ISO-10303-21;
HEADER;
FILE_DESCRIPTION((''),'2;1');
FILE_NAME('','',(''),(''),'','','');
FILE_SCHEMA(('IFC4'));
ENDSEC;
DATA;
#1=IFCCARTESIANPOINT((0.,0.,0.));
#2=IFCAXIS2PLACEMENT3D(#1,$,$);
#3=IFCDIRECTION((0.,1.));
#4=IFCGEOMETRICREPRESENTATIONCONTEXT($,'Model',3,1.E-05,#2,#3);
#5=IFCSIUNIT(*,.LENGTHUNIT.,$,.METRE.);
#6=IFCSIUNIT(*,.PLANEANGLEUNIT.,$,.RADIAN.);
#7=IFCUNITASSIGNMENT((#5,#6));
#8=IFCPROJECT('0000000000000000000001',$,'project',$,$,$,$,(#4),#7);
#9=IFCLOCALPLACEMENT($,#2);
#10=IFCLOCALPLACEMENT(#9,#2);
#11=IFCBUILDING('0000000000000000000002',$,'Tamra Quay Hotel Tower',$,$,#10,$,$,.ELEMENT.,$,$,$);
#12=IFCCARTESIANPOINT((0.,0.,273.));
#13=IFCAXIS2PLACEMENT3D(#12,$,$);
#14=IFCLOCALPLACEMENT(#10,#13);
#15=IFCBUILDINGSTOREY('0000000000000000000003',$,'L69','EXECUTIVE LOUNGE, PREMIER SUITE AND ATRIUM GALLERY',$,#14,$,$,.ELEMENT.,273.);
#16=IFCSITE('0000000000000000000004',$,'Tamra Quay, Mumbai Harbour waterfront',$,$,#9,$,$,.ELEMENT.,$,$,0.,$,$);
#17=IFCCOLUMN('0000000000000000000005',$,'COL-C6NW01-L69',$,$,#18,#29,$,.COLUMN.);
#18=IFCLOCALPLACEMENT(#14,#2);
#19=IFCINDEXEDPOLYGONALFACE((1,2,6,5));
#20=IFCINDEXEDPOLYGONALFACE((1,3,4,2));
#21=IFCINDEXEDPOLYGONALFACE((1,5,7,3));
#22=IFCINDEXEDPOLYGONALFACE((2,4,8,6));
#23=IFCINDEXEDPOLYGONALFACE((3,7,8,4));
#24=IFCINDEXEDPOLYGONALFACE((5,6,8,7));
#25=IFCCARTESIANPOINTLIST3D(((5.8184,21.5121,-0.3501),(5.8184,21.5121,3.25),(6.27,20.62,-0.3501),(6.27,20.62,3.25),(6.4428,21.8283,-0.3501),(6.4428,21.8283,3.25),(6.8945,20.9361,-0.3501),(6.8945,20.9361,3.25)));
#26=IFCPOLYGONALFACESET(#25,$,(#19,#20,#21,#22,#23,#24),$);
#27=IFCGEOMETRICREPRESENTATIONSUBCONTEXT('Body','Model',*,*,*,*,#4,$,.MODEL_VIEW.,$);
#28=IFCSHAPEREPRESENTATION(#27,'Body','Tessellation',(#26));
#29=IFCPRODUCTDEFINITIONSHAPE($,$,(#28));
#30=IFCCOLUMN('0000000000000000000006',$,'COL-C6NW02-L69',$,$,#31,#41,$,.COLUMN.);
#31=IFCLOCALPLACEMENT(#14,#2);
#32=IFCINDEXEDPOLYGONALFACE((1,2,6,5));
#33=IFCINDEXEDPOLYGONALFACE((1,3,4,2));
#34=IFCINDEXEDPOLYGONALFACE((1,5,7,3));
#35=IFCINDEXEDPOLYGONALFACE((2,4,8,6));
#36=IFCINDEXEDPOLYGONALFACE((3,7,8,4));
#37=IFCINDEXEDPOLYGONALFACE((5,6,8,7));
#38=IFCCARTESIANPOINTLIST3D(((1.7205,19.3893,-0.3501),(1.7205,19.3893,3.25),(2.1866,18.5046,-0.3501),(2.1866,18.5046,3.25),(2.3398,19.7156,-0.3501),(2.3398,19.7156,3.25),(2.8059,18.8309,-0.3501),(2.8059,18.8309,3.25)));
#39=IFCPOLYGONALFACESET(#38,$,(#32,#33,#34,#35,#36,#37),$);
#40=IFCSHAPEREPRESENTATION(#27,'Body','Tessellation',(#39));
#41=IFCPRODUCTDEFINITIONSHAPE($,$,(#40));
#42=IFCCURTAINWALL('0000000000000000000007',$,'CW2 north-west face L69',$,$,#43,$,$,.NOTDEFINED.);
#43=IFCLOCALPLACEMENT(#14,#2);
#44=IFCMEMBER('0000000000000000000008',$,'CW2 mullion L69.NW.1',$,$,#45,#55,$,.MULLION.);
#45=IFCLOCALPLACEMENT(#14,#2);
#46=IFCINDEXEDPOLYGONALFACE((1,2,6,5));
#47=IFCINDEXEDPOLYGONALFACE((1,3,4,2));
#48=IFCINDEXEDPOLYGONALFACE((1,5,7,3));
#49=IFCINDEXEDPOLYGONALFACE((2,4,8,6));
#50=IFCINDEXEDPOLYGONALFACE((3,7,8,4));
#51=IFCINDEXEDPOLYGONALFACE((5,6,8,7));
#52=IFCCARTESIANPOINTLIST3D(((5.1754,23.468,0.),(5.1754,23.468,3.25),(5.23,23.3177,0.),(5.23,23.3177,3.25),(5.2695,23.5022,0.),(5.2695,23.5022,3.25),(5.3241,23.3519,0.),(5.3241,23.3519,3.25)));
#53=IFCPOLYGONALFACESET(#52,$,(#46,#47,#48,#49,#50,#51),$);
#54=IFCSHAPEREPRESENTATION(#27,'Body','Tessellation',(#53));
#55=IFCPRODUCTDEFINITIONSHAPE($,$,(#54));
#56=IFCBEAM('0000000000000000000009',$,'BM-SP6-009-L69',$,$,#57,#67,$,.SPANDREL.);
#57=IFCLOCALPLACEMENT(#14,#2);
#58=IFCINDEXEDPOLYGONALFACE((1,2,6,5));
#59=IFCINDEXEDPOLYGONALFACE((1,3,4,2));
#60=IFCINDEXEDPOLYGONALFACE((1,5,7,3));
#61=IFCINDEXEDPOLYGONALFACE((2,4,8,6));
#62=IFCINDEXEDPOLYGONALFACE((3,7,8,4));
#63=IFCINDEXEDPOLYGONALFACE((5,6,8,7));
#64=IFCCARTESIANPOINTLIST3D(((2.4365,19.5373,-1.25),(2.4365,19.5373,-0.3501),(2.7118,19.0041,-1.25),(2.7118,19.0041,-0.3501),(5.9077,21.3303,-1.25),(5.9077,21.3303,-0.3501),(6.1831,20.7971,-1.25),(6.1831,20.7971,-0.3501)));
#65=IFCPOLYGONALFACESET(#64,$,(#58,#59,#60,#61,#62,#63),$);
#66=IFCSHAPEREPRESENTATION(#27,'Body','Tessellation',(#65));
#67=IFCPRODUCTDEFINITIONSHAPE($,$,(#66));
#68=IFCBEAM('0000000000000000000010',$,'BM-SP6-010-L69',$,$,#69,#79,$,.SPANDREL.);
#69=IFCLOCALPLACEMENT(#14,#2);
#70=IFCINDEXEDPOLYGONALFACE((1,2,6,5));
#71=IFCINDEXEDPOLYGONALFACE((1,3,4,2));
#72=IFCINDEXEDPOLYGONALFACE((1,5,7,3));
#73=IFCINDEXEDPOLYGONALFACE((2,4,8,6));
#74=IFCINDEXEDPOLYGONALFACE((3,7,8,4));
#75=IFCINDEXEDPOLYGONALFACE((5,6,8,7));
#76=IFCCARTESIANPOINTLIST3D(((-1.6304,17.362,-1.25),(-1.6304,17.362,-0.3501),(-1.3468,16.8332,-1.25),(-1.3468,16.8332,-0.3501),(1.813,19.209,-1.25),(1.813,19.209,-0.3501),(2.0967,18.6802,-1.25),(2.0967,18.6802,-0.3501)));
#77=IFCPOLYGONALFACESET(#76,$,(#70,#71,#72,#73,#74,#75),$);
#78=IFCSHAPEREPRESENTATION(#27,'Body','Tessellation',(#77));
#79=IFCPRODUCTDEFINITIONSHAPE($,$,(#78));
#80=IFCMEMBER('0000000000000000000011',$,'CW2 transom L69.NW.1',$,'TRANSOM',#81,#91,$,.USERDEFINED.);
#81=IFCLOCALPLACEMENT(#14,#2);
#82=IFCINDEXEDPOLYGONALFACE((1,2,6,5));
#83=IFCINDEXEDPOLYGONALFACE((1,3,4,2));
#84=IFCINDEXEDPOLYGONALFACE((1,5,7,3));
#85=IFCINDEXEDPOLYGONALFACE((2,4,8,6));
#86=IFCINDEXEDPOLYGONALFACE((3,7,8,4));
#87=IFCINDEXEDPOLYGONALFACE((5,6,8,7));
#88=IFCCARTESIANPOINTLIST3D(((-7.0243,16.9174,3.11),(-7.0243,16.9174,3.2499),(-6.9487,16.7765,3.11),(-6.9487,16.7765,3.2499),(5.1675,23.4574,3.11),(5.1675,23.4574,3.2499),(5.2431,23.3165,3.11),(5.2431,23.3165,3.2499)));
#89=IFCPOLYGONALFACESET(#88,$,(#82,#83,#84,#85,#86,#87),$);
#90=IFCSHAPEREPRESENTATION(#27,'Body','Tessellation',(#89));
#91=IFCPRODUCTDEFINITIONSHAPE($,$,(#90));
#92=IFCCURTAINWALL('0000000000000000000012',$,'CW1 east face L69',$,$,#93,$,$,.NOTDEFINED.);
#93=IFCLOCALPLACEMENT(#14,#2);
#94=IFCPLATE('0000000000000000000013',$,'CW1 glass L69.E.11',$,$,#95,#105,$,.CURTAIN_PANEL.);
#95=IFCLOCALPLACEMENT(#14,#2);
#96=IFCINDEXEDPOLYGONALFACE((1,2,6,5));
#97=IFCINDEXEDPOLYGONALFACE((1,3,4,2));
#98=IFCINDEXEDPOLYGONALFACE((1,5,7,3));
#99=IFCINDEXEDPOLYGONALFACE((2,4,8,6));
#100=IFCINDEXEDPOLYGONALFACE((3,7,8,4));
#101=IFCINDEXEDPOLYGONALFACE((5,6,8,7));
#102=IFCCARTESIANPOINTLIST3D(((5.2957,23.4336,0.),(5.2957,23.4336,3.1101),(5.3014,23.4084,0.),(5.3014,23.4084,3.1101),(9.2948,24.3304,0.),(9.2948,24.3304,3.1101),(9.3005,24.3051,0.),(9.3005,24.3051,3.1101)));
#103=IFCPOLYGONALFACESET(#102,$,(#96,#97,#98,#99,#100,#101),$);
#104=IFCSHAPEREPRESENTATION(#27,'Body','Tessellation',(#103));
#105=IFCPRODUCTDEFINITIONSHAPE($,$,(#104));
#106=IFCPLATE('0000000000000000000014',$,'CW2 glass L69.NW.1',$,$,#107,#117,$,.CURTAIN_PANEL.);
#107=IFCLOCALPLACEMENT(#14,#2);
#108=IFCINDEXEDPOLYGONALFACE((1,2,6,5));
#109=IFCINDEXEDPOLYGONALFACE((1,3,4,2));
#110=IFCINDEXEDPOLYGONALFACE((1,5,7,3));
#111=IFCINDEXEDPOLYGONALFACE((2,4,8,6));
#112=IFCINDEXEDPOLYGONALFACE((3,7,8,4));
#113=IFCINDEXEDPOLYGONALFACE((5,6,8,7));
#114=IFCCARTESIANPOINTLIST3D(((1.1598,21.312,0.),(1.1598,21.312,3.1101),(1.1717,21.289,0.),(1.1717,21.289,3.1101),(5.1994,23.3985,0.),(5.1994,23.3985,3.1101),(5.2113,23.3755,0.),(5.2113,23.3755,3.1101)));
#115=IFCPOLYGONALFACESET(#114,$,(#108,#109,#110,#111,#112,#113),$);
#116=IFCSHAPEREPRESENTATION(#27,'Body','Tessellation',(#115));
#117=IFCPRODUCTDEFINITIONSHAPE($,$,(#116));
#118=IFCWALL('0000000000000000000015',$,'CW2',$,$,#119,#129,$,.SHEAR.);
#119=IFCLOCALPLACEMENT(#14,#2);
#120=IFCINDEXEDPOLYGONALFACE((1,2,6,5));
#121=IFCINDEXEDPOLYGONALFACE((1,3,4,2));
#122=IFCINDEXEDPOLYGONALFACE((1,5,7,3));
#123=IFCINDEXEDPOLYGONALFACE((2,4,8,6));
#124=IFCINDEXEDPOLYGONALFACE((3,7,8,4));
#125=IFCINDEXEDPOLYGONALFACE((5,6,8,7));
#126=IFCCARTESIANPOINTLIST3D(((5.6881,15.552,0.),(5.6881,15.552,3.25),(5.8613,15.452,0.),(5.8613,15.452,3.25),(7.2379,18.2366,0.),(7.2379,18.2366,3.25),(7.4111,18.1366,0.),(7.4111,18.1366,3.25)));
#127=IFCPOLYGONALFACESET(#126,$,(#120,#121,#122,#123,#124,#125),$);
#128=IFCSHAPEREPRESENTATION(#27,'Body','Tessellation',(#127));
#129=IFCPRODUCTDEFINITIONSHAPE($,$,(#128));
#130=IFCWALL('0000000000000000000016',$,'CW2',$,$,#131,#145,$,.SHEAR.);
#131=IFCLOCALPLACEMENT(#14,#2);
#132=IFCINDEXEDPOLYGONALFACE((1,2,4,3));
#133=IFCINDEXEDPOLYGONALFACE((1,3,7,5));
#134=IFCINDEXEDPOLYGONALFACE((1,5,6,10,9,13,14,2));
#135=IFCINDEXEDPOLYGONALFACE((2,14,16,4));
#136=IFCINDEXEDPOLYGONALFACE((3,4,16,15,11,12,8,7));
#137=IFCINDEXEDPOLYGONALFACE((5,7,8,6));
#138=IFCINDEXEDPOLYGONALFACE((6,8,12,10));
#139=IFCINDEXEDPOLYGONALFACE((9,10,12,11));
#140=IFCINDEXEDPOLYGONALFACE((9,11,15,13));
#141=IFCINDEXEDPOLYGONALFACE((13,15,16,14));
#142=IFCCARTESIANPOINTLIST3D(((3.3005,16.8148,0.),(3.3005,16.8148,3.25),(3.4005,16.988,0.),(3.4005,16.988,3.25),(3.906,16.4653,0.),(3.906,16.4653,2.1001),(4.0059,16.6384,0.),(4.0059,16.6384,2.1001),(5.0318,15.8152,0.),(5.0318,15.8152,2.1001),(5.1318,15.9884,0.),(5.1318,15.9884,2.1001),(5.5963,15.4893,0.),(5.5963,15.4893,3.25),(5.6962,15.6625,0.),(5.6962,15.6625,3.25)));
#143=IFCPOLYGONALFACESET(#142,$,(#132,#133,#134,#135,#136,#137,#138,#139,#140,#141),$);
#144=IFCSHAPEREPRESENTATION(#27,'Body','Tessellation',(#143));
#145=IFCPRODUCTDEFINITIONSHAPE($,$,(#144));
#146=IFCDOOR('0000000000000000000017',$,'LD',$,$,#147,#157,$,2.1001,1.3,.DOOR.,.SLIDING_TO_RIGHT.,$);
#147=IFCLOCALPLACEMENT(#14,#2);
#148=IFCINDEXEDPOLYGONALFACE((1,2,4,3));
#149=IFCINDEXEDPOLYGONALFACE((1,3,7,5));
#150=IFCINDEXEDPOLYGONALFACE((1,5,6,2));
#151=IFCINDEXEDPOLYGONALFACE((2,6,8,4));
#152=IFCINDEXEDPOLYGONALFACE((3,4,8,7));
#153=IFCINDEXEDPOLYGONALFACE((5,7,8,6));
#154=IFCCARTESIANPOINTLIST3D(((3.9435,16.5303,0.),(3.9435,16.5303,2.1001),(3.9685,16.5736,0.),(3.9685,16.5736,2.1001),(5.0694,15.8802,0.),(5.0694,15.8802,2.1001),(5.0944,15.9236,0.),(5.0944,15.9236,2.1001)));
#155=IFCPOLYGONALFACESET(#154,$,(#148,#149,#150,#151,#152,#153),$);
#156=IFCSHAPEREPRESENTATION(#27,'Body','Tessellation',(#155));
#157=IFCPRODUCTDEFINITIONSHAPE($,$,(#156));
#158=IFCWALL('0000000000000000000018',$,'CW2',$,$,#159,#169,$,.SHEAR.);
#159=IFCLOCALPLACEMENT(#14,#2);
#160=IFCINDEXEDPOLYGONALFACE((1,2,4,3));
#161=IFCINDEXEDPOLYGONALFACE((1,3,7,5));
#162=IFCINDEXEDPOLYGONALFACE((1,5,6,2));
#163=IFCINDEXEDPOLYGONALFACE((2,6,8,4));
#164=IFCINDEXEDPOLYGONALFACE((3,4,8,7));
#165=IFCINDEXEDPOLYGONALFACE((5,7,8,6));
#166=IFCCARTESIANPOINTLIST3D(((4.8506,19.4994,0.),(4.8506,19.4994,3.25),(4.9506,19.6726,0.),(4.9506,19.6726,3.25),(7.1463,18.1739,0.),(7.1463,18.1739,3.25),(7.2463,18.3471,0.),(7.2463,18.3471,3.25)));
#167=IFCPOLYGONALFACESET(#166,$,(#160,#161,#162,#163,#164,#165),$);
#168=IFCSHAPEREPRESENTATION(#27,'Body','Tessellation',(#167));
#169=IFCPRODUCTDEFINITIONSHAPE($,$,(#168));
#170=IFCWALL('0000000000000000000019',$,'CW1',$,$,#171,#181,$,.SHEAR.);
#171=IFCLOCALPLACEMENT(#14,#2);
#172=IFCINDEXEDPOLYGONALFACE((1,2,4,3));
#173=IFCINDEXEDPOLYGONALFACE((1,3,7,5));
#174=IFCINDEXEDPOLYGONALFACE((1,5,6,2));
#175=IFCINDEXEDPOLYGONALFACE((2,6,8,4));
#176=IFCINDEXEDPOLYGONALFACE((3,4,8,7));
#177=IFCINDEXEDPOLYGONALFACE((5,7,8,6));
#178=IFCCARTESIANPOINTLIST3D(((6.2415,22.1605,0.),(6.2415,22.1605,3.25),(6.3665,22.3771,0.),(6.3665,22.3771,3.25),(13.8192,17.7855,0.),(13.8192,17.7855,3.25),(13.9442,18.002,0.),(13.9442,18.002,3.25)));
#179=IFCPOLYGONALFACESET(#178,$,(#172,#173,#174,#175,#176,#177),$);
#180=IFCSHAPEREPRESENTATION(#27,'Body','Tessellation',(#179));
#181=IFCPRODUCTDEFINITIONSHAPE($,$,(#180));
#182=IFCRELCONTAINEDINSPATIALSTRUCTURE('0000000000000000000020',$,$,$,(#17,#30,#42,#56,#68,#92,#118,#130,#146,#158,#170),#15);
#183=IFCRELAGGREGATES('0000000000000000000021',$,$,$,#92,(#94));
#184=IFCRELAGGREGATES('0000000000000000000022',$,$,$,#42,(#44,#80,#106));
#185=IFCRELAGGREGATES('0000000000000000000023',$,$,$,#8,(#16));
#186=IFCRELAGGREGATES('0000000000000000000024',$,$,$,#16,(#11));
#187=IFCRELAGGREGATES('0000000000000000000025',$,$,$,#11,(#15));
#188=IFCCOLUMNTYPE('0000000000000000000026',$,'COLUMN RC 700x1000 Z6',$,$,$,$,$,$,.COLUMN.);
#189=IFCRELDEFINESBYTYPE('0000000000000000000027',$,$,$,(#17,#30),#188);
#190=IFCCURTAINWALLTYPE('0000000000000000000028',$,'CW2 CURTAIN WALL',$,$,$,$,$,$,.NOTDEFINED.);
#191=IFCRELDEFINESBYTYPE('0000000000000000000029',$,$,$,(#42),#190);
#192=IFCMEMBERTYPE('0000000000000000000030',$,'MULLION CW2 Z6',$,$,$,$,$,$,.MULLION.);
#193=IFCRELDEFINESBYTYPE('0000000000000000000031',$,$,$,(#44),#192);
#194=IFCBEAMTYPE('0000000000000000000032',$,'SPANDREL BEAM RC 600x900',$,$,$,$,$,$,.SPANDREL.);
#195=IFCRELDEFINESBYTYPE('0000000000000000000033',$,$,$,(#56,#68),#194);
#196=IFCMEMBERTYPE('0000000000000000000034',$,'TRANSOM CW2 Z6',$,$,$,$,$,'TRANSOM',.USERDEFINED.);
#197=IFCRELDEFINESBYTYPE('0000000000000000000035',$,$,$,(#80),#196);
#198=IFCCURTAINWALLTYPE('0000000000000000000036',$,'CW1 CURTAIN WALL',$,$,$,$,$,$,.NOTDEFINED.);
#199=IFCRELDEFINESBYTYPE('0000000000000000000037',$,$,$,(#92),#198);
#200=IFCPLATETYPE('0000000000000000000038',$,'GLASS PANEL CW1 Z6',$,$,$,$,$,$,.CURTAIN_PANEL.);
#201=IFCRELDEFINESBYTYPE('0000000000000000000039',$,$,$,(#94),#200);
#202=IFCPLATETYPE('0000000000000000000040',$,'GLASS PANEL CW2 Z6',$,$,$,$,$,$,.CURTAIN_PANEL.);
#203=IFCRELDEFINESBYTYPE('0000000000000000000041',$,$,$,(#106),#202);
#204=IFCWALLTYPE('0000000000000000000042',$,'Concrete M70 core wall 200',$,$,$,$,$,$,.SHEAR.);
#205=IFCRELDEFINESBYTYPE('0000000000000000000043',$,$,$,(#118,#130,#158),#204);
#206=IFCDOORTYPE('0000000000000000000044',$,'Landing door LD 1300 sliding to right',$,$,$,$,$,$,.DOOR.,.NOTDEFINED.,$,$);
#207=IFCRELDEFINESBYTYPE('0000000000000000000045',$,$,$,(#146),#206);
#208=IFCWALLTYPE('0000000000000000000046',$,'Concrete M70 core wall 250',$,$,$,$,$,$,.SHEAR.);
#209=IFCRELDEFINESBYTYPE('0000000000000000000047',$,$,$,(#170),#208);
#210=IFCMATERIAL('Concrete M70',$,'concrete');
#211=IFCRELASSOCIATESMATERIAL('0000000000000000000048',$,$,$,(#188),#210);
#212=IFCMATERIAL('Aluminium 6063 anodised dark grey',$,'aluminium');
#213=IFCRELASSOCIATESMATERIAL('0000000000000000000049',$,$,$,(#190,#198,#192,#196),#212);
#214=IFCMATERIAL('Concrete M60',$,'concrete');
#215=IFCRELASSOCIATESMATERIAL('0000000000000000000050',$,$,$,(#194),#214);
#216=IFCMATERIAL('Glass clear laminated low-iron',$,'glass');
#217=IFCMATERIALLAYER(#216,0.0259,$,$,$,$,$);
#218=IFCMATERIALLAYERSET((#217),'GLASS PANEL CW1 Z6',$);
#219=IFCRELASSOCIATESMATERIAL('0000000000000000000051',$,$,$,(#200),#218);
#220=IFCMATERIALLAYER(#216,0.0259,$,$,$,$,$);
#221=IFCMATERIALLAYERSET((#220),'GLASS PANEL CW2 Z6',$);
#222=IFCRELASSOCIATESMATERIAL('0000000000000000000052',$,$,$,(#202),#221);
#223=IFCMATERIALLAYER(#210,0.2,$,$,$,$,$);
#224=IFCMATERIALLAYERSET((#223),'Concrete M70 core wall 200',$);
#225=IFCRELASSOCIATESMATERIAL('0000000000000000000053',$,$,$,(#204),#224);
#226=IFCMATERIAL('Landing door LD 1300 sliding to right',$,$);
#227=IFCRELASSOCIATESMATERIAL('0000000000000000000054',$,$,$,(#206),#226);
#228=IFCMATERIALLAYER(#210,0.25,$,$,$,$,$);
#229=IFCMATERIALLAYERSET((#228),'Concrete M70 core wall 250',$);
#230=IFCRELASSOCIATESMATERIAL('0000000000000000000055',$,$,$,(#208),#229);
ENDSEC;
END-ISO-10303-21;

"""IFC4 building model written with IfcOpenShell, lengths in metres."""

from ifc_helpers import new_model, si_unit, direction, frame, frame_2d, origin, origin_2d, place, context, subcontext, project, spatial, rectangle, extrude, material, layer, layer_set, material_profile, profile_set, type_object, element, fill, aggregate, save


model = new_model("IFC4")

# Units and contexts
model_context = context("Model", 3, precision=1e-05, world=origin(), true_north=direction((0.0, 1.0)))
body_context = subcontext(model_context, "Body", "Model", "MODEL_VIEW")
ifc_project = project(units=[si_unit("LENGTHUNIT", "METRE"), si_unit("PLANEANGLEUNIT", "RADIAN")], contexts=[model_context])

# Site, building, storey
site_placement = place(None, origin())
site = spatial("IfcSite", under=ifc_project, at=site_placement, Name="Tamra Quay, Mumbai Harbour waterfront", CompositionType="ELEMENT", RefElevation=0.0)
building_placement = place(site_placement, origin())
building = spatial("IfcBuilding", under=site, at=building_placement, Name="Tamra Quay Hotel Tower", CompositionType="ELEMENT")
storey_placement = place(building_placement, frame((0.0, 0.0, 273.0)))
storey = spatial("IfcBuildingStorey", under=building, at=storey_placement, Name="L69", Description="EXECUTIVE LOUNGE, PREMIER SUITE AND ATRIUM GALLERY", CompositionType="ELEMENT", Elevation=273.0)

# Columns
ifc_material_1 = material(Name="Concrete M70", Category="concrete")
ifc_material_profile_1 = material_profile(ifc_material_1, rectangle(XDim=1.0, YDim=0.7, at=origin_2d()), Name="COLUMN RC 700x1000 Z6")
ifc_profile_set_1 = profile_set([ifc_material_profile_1], Name="Concrete M70")
column_type = type_object("IfcColumnType", Name="COLUMN RC 700x1000 Z6", PredefinedType="COLUMN", material=ifc_profile_set_1)
for number, where, z_axis, x_axis, name in (
    (1, (6.3564, 21.2241, -0.3501), (0.0, 0.0, 1.0), (-0.451686, 0.892177, 0.0), "COL-C6NW01-L69"),
    (2, (2.2632, 19.1101, -0.3501), (0.0, 0.0, 1.0), (-0.466118, 0.884723, 0.0), "COL-C6NW02-L69"),
):
    element("IfcColumn", number, at=place(storey_placement, frame(where, z_axis=z_axis, x_axis=x_axis)), inside=storey, type_object=column_type, Name=name, PredefinedType="COLUMN", context=body_context, shape_type="SweptSolid", body=[
        extrude(rectangle(XDim=1.0, YDim=0.7, at=origin_2d()), origin(), (0.0, 0.0, 1.0), 3.6001),
    ])

# Curtain wall, member
ifc_material_2 = material(Name="Aluminium 6063 anodised dark grey", Category="aluminium")
curtain_wall_type_1 = type_object("IfcCurtainWallType", Name="CW2 CURTAIN WALL", PredefinedType="NOTDEFINED", material=ifc_material_2)
curtain_wall_1_placement = place(storey_placement, origin())
curtain_wall_1 = element("IfcCurtainWall", 3, at=curtain_wall_1_placement, inside=storey, type_object=curtain_wall_type_1, Name="CW2 north-west face L69", PredefinedType="NOTDEFINED")
ifc_material_profile_2 = material_profile(ifc_material_2, rectangle(XDim=0.1599, YDim=0.1001, at=origin_2d()), Name="MULLION 100X160")
ifc_profile_set_2 = profile_set([ifc_material_profile_2], Name="Aluminium 6063 anodised dark grey")
member_type_1 = type_object("IfcMemberType", Name="MULLION CW2 Z6", PredefinedType="MULLION", material=ifc_profile_set_2)
member_1_placement = place(storey_placement, frame((5.2498, 23.4099, 0.0), z_axis=(0.0, 0.0, 1.0), x_axis=(-0.341653, 0.939826, 0.0)))
member_1 = element("IfcMember", 4, at=member_1_placement, type_object=member_type_1, Name="CW2 mullion L69.NW.1", PredefinedType="MULLION", context=body_context, shape_type="SweptSolid", body=[
    extrude(rectangle(XDim=0.1599, YDim=0.1001, at=origin_2d()), origin(), (0.0, 0.0, 1.0), 3.25),
])

# Beams
ifc_material_3 = material(Name="Concrete M60", Category="concrete")
ifc_material_profile_3 = material_profile(ifc_material_3, rectangle(XDim=0.6001, YDim=0.8999, at=origin_2d()), Name="SPANDREL BEAM RC 600x900")
ifc_profile_set_3 = profile_set([ifc_material_profile_3], Name="Concrete M60")
beam_type = type_object("IfcBeamType", Name="SPANDREL BEAM RC 600x900", PredefinedType="SPANDREL", material=ifc_profile_set_3)
beam_1_placement = place(storey_placement, frame((6.0454, 21.0637, -0.8), z_axis=(-0.888476, -0.458923, 0.0), x_axis=(0.458923, -0.888476, 0.0)))
element("IfcBeam", 5, at=beam_1_placement, inside=storey, type_object=beam_type, Name="BM-SP6-009-L69", PredefinedType="SPANDREL", context=body_context, shape_type="SweptSolid", body=[
    extrude(rectangle(XDim=0.6001, YDim=0.8999, at=origin_2d()), origin(), (0.0, 0.0, 1.0), 3.907),
])
beam_2_placement = place(storey_placement, frame((1.9548, 18.9446, -0.8), z_axis=(-0.881238, -0.472672, 0.0), x_axis=(0.472672, -0.881238, 0.0)))
element("IfcBeam", 6, at=beam_2_placement, inside=storey, type_object=beam_type, Name="BM-SP6-010-L69", PredefinedType="SPANDREL", context=body_context, shape_type="SweptSolid", body=[
    extrude(rectangle(XDim=0.6001, YDim=0.8999, at=origin_2d()), origin(), (0.0, 0.0, 1.0), 3.9075),
])

# Member
ifc_material_profile_4 = material_profile(ifc_material_2, rectangle(XDim=0.1599, YDim=0.1399, at=origin_2d()), Name="TRANSOM 160X140")
ifc_profile_set_4 = profile_set([ifc_material_profile_4], Name="Aluminium 6063 anodised dark grey")
member_type_2 = type_object("IfcMemberType", Name="TRANSOM CW2 Z6", ElementType="TRANSOM", PredefinedType="USERDEFINED", material=ifc_profile_set_4)
member_2_placement = place(storey_placement, frame((5.2053, 23.387, 3.1799), z_axis=(-0.881219, -0.472708, 0.0), x_axis=(0.472708, -0.881219, 0.0)))
member_2 = element("IfcMember", 7, at=member_2_placement, type_object=member_type_2, Name="CW2 transom L69.NW.1", ObjectType="TRANSOM", PredefinedType="USERDEFINED", context=body_context, shape_type="SweptSolid", body=[
    extrude(rectangle(XDim=0.1599, YDim=0.1399, at=origin_2d()), origin(), (0.0, 0.0, 1.0), 13.8352),
])

# Curtain wall, plate
curtain_wall_type_2 = type_object("IfcCurtainWallType", Name="CW1 CURTAIN WALL", PredefinedType="NOTDEFINED", material=ifc_material_2)
curtain_wall_2_placement = place(storey_placement, origin())
curtain_wall_2 = element("IfcCurtainWall", 8, at=curtain_wall_2_placement, inside=storey, type_object=curtain_wall_type_2, Name="CW1 east face L69", PredefinedType="NOTDEFINED")
ifc_material_4 = material(Name="Glass clear laminated low-iron", Category="glass")
ifc_layer_1 = layer(ifc_material_4, 0.0259)
ifc_layer_set_1 = layer_set([ifc_layer_1], Name="GLASS PANEL CW1 Z6")
plate_type_1 = type_object("IfcPlateType", Name="GLASS PANEL CW1 Z6", PredefinedType="CURTAIN_PANEL", material=ifc_layer_set_1)
plate_1_placement = place(storey_placement, frame((7.2981, 23.8694, 0.0), z_axis=(0.0, 0.0, 1.0), x_axis=(-0.975768, -0.218806, 0.0)))
plate_1 = element("IfcPlate", 9, at=plate_1_placement, type_object=plate_type_1, Name="CW1 glass L69.E.11", PredefinedType="CURTAIN_PANEL", context=body_context, shape_type="SweptSolid", body=[
    extrude(rectangle(XDim=4.0984, YDim=0.0259, at=origin_2d()), origin(), (0.0, 0.0, 1.0), 3.1101),
])
aggregate(curtain_wall_2, [plate_1])

# Plate
ifc_layer_2 = layer(ifc_material_4, 0.0259)
ifc_layer_set_2 = layer_set([ifc_layer_2], Name="GLASS PANEL CW2 Z6")
plate_type_2 = type_object("IfcPlateType", Name="GLASS PANEL CW2 Z6", PredefinedType="CURTAIN_PANEL", material=ifc_layer_set_2)
plate_2_placement = place(storey_placement, frame((3.1855, 22.3438, 0.0), z_axis=(0.0, 0.0, 1.0), x_axis=(-0.888486, -0.458903, 0.0)))
plate_2 = element("IfcPlate", 10, at=plate_2_placement, type_object=plate_type_2, Name="CW2 glass L69.NW.1", PredefinedType="CURTAIN_PANEL", context=body_context, shape_type="SweptSolid", body=[
    extrude(rectangle(XDim=4.5466, YDim=0.0259, at=origin_2d()), origin(), (0.0, 0.0, 1.0), 3.1101),
])
aggregate(curtain_wall_1, [member_1, member_2, plate_2])

# Wall
ifc_layer_3 = layer(ifc_material_1, 0.2)
ifc_layer_set_3 = layer_set([ifc_layer_3], Name="Concrete M70 core wall 200")
wall_type_1 = type_object("IfcWallType", Name="Concrete M70 core wall 200", PredefinedType="SHEAR", material=ifc_layer_set_3)
wall_1_placement = place(storey_placement, frame((7.3245, 18.1865, 0.0), z_axis=(0.0, 0.0, 1.0), x_axis=(-0.499968, -0.866044, 0.0)))
element("IfcWall", 11, at=wall_1_placement, inside=storey, type_object=wall_type_1, Name="CW2", PredefinedType="SHEAR", context=body_context, shape_type="SweptSolid", body=[
    extrude(rectangle(XDim=3.0999, YDim=0.2, at=frame_2d((1.5498, 0.0))), origin(), (0.0, 0.0, 1.0), 3.25),
])

# Wall, opening, door
wall_2_placement = place(storey_placement, frame((5.6462, 15.5759, 0.0), z_axis=(0.0, 0.0, 1.0), x_axis=(-0.866018, 0.500012, 0.0)))
wall_2 = element("IfcWall", 12, at=wall_2_placement, inside=storey, type_object=wall_type_1, Name="CW2", PredefinedType="SHEAR", context=body_context, shape_type="SweptSolid", body=[
    extrude(rectangle(XDim=2.6509, YDim=0.2, at=frame_2d((1.3254, 0.0))), origin(), (0.0, 0.0, 1.0), 3.25),
])
opening_1_placement = place(wall_2_placement, frame((0.6519, 0.0, 0.0)))
opening_1 = element("IfcOpeningElement", 13, at=opening_1_placement, cuts=wall_2, PredefinedType="OPENING", context=body_context, shape_type="SweptSolid", body=[
    extrude(rectangle(XDim=1.3, YDim=2.1001, at=frame_2d((0.6499, 1.05))), frame((0.0, 0.1099, 0.0), z_axis=(0.0, -1.0, 0.0), x_axis=(1.0, 0.0, 0.0)), (0.0, 0.0, 1.0), 0.22),
])
ifc_material_5 = material(Name="Landing door LD 1300 sliding to right")
door_type_1 = type_object("IfcDoorType", Name="Landing door LD 1300 sliding to right", OperationType="NOTDEFINED", PredefinedType="DOOR", material=ifc_material_5)
door_1_placement = place(opening_1_placement, origin())
door_1 = element("IfcDoor", 14, at=door_1_placement, inside=storey, type_object=door_type_1, Name="LD", OperationType="SLIDING_TO_RIGHT", OverallHeight=2.1001, OverallWidth=1.3, PredefinedType="DOOR", context=body_context, shape_type="SweptSolid", body=[
    extrude(rectangle(XDim=1.3, YDim=2.1001, at=frame_2d((0.6499, 1.05))), frame((0.0, 0.0249, 0.0), z_axis=(0.0, -1.0, 0.0), x_axis=(1.0, 0.0, 0.0)), (0.0, 0.0, 1.0), 0.05),
])
fill(opening_1, door_1)

# Walls
wall_3_placement = place(storey_placement, frame((7.1963, 18.2605, 0.0), z_axis=(0.0, 0.0, 1.0), x_axis=(-0.866018, 0.500012, 0.0)))
element("IfcWall", 15, at=wall_3_placement, inside=storey, type_object=wall_type_1, Name="CW2", PredefinedType="SHEAR", context=body_context, shape_type="SweptSolid", body=[
    extrude(rectangle(XDim=2.6509, YDim=0.2, at=frame_2d((1.3254, 0.0))), origin(), (0.0, 0.0, 1.0), 3.25),
])
ifc_layer_4 = layer(ifc_material_1, 0.25)
ifc_layer_set_4 = layer_set([ifc_layer_4], Name="Concrete M70 core wall 250")
wall_type_2 = type_object("IfcWallType", Name="Concrete M70 core wall 250", PredefinedType="SHEAR", material=ifc_layer_set_4)
wall_4_placement = place(storey_placement, frame((6.304, 22.2688, 0.0), z_axis=(0.0, 0.0, 1.0), x_axis=(0.866023, -0.500004, 0.0)))
element("IfcWall", 16, at=wall_4_placement, inside=storey, type_object=wall_type_2, Name="CW1", PredefinedType="SHEAR", context=body_context, shape_type="SweptSolid", body=[
    extrude(rectangle(XDim=8.75, YDim=0.25, at=frame_2d((4.375, 0.0))), origin(), (0.0, 0.0, 1.0), 3.25),
])

save(model, "model.ifc")
